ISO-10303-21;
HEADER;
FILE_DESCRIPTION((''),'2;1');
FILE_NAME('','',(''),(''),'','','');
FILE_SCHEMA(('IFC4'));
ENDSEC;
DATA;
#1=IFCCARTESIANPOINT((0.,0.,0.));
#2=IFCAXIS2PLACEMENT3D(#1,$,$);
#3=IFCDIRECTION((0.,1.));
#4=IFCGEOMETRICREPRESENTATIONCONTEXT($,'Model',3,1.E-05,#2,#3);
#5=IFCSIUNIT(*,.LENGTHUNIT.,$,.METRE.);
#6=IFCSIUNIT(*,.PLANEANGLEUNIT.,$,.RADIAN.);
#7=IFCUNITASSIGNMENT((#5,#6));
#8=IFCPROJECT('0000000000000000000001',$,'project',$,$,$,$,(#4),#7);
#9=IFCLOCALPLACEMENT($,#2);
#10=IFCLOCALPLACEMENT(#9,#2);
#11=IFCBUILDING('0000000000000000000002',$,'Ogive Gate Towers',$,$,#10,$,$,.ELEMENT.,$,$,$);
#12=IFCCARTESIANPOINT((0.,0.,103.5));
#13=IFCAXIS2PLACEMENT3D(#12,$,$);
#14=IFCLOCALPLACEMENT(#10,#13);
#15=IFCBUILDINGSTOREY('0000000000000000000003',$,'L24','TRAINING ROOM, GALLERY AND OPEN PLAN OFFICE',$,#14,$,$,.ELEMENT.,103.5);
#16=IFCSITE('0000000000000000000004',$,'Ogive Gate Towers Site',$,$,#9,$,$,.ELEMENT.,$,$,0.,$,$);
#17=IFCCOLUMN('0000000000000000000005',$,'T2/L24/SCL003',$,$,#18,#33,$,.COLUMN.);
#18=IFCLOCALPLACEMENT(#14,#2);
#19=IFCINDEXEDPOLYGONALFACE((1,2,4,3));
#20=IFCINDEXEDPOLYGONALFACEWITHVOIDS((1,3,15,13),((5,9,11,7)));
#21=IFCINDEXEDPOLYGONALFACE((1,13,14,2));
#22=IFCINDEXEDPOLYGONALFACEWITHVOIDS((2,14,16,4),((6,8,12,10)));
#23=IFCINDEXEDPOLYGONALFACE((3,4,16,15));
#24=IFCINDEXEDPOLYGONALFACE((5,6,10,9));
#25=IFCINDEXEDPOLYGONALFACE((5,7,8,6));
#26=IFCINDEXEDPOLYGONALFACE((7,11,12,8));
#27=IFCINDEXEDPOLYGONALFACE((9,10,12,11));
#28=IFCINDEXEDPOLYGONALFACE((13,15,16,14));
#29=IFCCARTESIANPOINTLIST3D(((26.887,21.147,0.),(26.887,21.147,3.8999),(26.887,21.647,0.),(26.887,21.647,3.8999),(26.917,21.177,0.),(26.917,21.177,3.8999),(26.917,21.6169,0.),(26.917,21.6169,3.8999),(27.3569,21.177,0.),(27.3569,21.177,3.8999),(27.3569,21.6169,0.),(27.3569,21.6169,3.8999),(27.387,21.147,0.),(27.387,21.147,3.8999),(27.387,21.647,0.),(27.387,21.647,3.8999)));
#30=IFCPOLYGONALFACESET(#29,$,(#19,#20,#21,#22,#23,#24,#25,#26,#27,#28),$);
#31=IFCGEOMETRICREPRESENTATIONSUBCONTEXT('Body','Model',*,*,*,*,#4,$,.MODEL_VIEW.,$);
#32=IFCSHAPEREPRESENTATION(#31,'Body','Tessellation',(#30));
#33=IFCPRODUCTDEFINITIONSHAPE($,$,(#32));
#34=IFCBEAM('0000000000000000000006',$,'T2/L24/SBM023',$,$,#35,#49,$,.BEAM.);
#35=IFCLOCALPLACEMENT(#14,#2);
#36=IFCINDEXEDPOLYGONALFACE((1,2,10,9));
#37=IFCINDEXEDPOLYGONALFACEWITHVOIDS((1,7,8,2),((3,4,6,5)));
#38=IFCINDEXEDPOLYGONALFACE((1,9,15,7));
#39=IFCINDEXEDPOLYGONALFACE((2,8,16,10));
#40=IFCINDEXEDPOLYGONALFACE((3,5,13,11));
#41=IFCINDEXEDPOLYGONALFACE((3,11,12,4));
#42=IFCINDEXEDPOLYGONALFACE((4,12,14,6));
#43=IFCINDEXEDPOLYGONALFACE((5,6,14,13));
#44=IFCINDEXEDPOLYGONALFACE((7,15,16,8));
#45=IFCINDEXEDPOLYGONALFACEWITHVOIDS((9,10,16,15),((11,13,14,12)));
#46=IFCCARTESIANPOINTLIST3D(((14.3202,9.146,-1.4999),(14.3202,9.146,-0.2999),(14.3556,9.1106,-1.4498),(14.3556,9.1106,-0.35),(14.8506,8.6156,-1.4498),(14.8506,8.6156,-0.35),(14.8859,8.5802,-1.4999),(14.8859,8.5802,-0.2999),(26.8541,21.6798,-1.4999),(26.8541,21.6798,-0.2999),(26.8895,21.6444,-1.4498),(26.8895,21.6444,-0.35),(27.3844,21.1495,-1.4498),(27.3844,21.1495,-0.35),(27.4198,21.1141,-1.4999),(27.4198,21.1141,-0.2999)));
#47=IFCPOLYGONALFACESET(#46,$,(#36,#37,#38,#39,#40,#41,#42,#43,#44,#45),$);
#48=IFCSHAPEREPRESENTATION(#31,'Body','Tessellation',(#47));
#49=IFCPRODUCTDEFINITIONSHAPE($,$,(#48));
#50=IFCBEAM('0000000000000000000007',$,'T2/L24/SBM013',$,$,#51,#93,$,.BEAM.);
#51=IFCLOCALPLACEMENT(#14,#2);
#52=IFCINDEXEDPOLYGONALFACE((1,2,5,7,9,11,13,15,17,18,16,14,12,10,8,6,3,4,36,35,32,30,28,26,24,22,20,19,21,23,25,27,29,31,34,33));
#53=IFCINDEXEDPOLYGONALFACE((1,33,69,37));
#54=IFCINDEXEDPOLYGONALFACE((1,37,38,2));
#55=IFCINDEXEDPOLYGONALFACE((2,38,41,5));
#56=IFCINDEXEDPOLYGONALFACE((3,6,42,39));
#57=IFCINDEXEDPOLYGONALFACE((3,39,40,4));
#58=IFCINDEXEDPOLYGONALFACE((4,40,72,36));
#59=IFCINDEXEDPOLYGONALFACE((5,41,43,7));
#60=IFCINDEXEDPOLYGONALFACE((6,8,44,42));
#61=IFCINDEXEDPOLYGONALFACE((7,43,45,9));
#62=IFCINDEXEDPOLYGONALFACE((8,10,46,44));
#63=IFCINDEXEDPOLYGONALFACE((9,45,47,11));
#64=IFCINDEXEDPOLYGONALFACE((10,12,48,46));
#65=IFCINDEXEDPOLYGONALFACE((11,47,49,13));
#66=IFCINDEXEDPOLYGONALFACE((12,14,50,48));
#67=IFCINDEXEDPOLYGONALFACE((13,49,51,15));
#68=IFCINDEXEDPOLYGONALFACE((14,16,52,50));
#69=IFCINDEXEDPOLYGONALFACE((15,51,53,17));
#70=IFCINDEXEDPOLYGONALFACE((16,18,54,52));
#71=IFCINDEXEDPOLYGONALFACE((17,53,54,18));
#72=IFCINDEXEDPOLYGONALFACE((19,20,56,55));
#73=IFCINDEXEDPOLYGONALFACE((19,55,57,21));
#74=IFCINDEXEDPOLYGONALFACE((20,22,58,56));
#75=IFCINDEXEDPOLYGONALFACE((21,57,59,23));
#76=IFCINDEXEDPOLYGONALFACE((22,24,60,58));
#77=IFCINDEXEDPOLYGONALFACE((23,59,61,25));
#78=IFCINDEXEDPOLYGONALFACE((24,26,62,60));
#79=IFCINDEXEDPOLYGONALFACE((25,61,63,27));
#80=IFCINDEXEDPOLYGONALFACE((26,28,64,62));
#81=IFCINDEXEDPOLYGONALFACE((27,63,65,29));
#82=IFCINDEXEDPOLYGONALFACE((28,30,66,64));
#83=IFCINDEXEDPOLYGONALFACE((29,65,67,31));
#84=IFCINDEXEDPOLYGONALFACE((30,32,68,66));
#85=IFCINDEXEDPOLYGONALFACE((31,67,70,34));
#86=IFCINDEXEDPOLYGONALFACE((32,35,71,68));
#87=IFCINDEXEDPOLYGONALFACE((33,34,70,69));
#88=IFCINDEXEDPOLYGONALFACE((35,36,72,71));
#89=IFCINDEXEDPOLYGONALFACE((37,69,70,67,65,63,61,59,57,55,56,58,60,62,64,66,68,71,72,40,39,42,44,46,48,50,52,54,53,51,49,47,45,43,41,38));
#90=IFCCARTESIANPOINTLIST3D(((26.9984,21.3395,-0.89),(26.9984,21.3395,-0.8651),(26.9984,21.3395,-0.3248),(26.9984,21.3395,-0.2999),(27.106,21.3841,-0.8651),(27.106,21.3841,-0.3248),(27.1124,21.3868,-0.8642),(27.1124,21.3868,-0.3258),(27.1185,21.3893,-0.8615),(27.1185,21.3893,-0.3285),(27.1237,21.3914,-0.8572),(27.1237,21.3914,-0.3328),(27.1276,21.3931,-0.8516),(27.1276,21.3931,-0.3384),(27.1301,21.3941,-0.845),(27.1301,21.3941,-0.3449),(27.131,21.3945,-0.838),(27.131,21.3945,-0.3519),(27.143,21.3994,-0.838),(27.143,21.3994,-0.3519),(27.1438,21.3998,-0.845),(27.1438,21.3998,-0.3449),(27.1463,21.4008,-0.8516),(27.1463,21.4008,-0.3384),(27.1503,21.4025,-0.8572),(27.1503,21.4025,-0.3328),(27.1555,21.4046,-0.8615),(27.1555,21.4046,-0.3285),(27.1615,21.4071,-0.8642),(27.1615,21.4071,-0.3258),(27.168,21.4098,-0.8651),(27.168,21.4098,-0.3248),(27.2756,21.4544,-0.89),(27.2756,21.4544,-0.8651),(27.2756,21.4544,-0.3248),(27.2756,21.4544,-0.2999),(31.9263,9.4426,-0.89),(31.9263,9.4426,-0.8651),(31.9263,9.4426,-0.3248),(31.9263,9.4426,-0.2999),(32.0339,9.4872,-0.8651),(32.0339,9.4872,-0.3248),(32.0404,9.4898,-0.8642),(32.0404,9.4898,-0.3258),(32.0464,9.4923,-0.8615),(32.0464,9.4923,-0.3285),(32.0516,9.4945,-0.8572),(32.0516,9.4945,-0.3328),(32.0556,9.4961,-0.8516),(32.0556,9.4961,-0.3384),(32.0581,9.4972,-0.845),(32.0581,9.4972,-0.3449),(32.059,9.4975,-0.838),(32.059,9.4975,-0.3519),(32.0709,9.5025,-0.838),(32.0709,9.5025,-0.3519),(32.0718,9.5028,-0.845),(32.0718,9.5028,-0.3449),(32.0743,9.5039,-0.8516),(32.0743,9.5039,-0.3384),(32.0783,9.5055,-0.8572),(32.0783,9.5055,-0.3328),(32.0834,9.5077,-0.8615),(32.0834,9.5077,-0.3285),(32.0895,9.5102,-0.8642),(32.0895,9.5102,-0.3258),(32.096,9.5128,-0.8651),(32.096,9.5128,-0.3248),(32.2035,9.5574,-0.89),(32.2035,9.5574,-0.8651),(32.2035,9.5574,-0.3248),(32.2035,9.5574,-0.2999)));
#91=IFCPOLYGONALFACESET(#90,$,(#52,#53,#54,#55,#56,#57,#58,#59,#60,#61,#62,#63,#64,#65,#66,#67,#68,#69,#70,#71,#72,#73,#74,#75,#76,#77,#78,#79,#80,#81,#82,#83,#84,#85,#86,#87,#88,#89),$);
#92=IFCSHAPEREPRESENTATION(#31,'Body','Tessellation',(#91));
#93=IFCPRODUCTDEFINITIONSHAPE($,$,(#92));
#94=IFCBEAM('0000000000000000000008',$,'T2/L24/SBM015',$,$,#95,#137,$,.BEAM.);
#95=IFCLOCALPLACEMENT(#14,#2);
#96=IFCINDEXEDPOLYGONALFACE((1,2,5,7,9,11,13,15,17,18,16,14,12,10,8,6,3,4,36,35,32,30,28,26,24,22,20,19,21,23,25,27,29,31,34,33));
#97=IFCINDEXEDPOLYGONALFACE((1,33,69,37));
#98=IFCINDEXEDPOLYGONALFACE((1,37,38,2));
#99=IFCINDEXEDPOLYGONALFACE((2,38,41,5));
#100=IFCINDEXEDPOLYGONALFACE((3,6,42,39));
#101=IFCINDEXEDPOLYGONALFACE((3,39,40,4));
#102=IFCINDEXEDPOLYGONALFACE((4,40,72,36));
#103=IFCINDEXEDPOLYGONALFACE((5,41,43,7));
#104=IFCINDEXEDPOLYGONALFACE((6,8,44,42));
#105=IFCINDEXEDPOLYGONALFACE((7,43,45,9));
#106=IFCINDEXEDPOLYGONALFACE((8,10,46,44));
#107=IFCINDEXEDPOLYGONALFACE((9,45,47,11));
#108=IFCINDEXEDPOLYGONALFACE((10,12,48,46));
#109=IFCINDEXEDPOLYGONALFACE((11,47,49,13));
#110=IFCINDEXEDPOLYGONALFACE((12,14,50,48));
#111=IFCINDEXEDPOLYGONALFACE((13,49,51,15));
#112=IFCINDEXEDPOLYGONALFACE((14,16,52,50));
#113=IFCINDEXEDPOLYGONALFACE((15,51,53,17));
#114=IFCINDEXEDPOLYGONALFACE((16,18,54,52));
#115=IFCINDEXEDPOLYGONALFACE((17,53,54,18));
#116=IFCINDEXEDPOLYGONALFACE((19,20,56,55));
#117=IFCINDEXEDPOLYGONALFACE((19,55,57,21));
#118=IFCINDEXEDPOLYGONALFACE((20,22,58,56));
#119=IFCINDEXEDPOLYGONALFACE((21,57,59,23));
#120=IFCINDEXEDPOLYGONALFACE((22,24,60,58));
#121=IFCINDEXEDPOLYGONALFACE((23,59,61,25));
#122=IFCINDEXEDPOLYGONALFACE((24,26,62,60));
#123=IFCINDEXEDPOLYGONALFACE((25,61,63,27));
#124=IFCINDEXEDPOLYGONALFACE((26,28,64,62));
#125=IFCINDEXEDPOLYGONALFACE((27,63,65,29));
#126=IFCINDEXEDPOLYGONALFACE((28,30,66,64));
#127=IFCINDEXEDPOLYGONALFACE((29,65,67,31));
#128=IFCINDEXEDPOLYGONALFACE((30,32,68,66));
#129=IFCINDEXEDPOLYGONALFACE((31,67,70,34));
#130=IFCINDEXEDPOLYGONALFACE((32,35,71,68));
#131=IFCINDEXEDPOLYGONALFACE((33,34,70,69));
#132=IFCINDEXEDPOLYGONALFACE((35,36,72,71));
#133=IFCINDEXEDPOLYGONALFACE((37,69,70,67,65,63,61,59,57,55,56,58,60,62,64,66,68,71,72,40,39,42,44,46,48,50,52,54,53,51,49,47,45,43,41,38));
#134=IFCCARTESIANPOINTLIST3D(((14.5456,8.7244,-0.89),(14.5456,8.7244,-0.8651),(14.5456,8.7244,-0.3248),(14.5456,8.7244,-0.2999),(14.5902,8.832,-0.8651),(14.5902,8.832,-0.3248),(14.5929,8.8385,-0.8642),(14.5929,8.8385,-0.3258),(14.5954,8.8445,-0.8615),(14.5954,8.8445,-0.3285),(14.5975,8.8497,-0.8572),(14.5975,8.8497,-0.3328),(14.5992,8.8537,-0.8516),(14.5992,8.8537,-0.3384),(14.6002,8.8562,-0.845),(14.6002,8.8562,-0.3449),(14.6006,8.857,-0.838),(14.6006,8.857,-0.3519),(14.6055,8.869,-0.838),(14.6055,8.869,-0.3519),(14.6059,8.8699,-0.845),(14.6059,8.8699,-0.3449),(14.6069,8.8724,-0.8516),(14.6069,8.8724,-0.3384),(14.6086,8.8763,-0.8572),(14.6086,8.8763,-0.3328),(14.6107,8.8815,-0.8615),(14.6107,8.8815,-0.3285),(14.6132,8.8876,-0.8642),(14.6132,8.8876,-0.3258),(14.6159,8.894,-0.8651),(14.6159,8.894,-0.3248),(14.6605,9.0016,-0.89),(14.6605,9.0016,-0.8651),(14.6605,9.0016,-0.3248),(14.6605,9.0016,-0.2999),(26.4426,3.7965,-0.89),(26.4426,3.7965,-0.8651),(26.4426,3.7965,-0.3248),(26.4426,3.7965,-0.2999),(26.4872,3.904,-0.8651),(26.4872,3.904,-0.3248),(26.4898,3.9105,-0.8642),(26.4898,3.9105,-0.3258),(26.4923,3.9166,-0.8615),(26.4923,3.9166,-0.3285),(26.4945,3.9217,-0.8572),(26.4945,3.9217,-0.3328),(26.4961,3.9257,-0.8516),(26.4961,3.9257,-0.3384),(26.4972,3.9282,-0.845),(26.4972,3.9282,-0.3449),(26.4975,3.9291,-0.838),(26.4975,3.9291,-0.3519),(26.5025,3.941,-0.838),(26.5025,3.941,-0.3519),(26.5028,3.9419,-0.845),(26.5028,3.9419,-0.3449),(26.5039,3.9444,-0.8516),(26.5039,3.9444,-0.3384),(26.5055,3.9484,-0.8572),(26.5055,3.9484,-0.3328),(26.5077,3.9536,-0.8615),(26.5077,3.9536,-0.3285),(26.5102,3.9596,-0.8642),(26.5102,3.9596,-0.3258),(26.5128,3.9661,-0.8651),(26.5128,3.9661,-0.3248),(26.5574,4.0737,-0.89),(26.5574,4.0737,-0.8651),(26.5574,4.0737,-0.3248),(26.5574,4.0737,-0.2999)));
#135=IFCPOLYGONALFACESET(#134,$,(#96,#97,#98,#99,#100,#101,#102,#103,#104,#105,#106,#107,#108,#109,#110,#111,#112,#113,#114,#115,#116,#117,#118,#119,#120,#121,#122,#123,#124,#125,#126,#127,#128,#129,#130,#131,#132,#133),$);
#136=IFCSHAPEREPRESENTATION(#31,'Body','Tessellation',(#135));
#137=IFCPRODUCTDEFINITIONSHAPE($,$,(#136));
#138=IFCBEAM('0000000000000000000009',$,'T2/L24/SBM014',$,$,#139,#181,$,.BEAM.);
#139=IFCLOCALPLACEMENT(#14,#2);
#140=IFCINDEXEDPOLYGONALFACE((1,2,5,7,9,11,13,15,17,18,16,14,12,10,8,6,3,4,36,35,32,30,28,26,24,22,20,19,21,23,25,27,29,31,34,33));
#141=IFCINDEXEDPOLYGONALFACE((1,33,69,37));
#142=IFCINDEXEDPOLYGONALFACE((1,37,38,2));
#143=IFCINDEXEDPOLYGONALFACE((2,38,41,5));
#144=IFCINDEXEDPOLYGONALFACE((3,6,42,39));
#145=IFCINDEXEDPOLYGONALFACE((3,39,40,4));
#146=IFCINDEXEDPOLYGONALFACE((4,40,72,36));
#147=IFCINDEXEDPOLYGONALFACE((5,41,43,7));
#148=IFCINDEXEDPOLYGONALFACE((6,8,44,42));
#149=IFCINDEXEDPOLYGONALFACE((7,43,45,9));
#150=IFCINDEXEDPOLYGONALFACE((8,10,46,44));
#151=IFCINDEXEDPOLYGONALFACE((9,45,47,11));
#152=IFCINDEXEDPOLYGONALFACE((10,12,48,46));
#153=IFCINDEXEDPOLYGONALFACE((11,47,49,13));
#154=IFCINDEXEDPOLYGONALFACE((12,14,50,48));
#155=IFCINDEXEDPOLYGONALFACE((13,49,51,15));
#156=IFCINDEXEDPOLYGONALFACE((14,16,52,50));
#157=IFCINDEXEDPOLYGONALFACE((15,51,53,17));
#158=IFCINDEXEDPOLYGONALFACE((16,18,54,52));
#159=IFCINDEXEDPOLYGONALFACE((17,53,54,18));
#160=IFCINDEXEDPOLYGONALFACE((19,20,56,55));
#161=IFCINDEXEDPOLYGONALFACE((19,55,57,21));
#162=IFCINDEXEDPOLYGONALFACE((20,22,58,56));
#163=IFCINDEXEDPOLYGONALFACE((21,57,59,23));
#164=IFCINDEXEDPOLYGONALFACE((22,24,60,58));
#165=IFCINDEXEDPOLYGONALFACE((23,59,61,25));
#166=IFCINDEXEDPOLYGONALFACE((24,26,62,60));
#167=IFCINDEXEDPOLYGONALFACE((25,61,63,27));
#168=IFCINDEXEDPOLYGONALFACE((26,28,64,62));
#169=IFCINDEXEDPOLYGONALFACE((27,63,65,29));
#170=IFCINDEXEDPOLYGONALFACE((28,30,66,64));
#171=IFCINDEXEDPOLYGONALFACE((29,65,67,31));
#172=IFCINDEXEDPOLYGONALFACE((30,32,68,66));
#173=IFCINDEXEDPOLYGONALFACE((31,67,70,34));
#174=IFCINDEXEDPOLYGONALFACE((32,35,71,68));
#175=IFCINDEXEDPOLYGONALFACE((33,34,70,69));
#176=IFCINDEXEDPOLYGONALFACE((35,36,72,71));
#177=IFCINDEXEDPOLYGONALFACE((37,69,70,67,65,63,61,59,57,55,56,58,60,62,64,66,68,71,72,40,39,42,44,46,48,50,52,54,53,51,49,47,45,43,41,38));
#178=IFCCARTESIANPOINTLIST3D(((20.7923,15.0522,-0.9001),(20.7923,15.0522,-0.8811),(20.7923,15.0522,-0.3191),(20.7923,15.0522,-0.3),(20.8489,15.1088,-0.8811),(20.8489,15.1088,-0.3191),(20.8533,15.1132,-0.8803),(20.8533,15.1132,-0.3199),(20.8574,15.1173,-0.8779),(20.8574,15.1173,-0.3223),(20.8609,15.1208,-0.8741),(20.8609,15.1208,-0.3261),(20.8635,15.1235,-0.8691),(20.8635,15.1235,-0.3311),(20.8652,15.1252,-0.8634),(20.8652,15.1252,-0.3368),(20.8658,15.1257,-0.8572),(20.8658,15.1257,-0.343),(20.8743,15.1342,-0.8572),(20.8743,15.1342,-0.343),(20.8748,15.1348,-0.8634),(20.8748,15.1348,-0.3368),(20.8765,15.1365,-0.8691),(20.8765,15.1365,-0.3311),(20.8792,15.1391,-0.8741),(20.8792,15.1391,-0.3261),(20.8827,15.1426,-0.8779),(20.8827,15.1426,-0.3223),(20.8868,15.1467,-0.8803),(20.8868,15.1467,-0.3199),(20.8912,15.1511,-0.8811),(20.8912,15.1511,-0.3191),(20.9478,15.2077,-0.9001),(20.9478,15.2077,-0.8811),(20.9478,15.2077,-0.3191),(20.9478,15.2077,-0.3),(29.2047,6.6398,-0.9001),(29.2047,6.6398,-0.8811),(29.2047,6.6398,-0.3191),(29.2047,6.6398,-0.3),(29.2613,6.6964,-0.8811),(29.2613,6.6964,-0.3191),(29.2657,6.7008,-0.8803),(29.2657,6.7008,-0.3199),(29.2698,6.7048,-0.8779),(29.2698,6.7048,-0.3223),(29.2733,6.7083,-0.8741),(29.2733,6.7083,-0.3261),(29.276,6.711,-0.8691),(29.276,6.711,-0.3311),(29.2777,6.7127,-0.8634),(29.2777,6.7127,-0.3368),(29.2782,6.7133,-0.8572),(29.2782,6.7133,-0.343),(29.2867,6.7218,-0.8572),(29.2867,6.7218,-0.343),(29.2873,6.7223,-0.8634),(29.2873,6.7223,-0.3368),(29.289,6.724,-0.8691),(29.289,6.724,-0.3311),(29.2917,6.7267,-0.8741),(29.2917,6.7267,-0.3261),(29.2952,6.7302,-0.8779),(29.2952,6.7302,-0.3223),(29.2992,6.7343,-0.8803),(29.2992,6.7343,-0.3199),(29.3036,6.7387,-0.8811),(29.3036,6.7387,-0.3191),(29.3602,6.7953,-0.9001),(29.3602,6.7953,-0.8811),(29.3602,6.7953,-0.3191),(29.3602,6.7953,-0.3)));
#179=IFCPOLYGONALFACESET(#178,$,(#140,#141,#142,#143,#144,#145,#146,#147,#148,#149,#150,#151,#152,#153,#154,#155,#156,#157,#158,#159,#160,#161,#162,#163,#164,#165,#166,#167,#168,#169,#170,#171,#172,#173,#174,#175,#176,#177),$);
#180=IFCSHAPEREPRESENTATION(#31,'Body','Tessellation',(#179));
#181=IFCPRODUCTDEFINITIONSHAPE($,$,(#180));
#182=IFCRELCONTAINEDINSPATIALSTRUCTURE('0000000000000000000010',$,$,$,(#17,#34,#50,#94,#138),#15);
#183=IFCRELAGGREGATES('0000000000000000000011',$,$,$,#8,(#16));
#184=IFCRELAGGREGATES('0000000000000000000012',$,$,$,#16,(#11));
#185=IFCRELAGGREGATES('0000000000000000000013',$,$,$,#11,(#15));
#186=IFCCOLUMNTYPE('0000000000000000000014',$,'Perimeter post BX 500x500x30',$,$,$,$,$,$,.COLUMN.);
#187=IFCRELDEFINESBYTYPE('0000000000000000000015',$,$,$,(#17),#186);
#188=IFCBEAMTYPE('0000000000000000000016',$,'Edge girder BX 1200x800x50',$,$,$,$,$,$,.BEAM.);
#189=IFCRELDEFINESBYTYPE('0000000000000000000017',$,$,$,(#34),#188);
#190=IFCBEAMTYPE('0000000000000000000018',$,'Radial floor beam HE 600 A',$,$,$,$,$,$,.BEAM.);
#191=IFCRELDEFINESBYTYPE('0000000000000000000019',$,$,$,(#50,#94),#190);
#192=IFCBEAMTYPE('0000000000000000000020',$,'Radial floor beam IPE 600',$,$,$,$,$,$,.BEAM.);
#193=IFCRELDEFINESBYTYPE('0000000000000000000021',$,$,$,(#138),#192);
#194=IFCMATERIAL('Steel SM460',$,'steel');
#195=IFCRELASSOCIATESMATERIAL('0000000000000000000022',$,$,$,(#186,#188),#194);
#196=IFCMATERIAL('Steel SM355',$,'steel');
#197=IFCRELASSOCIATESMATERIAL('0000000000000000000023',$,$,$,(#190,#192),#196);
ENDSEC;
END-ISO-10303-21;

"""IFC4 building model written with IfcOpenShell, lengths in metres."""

from ifc_helpers import new_model, si_unit, direction, frame, origin, origin_2d, place, context, subcontext, project, spatial, hollow_rectangle, i_section, extrude, material, material_profile, profile_set, type_object, element, save


model = new_model("IFC4")

# Units and contexts
model_context = context("Model", 3, precision=1e-05, world=origin(), true_north=direction((0.0, 1.0)))
body_context = subcontext(model_context, "Body", "Model", "MODEL_VIEW")
ifc_project = project(units=[si_unit("LENGTHUNIT", "METRE"), si_unit("PLANEANGLEUNIT", "RADIAN")], contexts=[model_context])

# Site, building, storey
site_placement = place(None, origin())
site = spatial("IfcSite", under=ifc_project, at=site_placement, Name="Ogive Gate Towers Site", CompositionType="ELEMENT", RefElevation=0.0)
building_placement = place(site_placement, origin())
building = spatial("IfcBuilding", under=site, at=building_placement, Name="Ogive Gate Towers", CompositionType="ELEMENT")
storey_placement = place(building_placement, frame((0.0, 0.0, 103.5)))
storey = spatial("IfcBuildingStorey", under=building, at=storey_placement, Name="L24", Description="TRAINING ROOM, GALLERY AND OPEN PLAN OFFICE", CompositionType="ELEMENT", Elevation=103.5)

# Column
ifc_material_1 = material(Name="Steel SM460", Category="steel")
ifc_material_profile_1 = material_profile(ifc_material_1, hollow_rectangle(XDim=0.5, YDim=0.5, WallThickness=0.03, at=origin_2d()), Name="BX 500x500x30")
ifc_profile_set_1 = profile_set([ifc_material_profile_1], Name="Steel SM460")
column_type = type_object("IfcColumnType", Name="Perimeter post BX 500x500x30", PredefinedType="COLUMN", material=ifc_profile_set_1)
column_placement = place(storey_placement, frame((27.137, 21.397, 0.0), z_axis=(0.0, 0.0, 1.0), x_axis=(1.0, 0.0, 0.0)))
element("IfcColumn", 1, at=column_placement, inside=storey, type_object=column_type, Name="T2/L24/SCL003", PredefinedType="COLUMN", context=body_context, shape_type="SweptSolid", body=[
    extrude(hollow_rectangle(XDim=0.5, YDim=0.5, WallThickness=0.03, at=origin_2d()), origin(), (0.0, 0.0, 1.0), 3.8999),
])

# Beams
ifc_material_profile_2 = material_profile(ifc_material_1, hollow_rectangle(XDim=0.8, YDim=1.2, WallThickness=0.05, at=origin_2d()), Name="BX 1200x800x50")
ifc_profile_set_2 = profile_set([ifc_material_profile_2], Name="Steel SM460")
beam_type_1 = type_object("IfcBeamType", Name="Edge girder BX 1200x800x50", PredefinedType="BEAM", material=ifc_profile_set_2)
beam_1_placement = place(storey_placement, frame((27.137, 21.397, -0.8999), z_axis=(-0.707107, -0.707107, 0.0), x_axis=(0.707107, -0.707107, 0.0)))
element("IfcBeam", 2, at=beam_1_placement, inside=storey, type_object=beam_type_1, Name="T2/L24/SBM023", PredefinedType="BEAM", context=body_context, shape_type="SweptSolid", body=[
    extrude(hollow_rectangle(XDim=0.8, YDim=1.2, WallThickness=0.05, at=origin_2d()), origin(), (0.0, 0.0, 1.0), 17.7256),
])
ifc_material_2 = material(Name="Steel SM355", Category="steel")
ifc_material_profile_3 = material_profile(ifc_material_2, i_section(OverallWidth=0.3, OverallDepth=0.5901, WebThickness=0.0129, FlangeThickness=0.0249, FilletRadius=0.0271, at=origin_2d()), Name="HE 600 A")
ifc_profile_set_3 = profile_set([ifc_material_profile_3], Name="Steel SM355")
beam_type_2 = type_object("IfcBeamType", Name="Radial floor beam HE 600 A", PredefinedType="BEAM", material=ifc_profile_set_3)
for number, where, z_axis, x_axis, name in (
    (3, (32.0649, 9.5, -0.595), (-0.382689, 0.923877, 0.0), (-0.923877, -0.382689, 0.0), "T2/L24/SBM013"),
    (4, (26.5, 3.9351, -0.595), (-0.923877, 0.382689, 0.0), (-0.382689, -0.923877, 0.0), "T2/L24/SBM015"),
):
    element("IfcBeam", number, at=place(storey_placement, frame(where, z_axis=z_axis, x_axis=x_axis)), inside=storey, type_object=beam_type_2, Name=name, PredefinedType="BEAM", context=body_context, shape_type="SweptSolid", body=[
        extrude(i_section(OverallWidth=0.3, OverallDepth=0.5901, WebThickness=0.0129, FlangeThickness=0.0249, FilletRadius=0.0271, at=origin_2d()), origin(), (0.0, 0.0, 1.0), 12.8772),
    ])
ifc_material_profile_4 = material_profile(ifc_material_2, i_section(OverallWidth=0.22, OverallDepth=0.6001, WebThickness=0.012, FlangeThickness=0.019, FilletRadius=0.0239, at=origin_2d()), Name="IPE 600")
ifc_profile_set_4 = profile_set([ifc_material_profile_4], Name="Steel SM355")
beam_type_3 = type_object("IfcBeamType", Name="Radial floor beam IPE 600", PredefinedType="BEAM", material=ifc_profile_set_4)
beam_2_placement = place(storey_placement, frame((29.2825, 6.7175, -0.6001), z_axis=(-0.707107, 0.707107, 0.0), x_axis=(-0.707107, -0.707107, 0.0)))
element("IfcBeam", 5, at=beam_2_placement, inside=storey, type_object=beam_type_3, Name="T2/L24/SBM014", PredefinedType="BEAM", context=body_context, shape_type="SweptSolid", body=[
    extrude(i_section(OverallWidth=0.22, OverallDepth=0.6001, WebThickness=0.012, FlangeThickness=0.019, FilletRadius=0.0239, at=origin_2d()), origin(), (0.0, 0.0, 1.0), 11.897),
])

save(model, "model.ifc")
